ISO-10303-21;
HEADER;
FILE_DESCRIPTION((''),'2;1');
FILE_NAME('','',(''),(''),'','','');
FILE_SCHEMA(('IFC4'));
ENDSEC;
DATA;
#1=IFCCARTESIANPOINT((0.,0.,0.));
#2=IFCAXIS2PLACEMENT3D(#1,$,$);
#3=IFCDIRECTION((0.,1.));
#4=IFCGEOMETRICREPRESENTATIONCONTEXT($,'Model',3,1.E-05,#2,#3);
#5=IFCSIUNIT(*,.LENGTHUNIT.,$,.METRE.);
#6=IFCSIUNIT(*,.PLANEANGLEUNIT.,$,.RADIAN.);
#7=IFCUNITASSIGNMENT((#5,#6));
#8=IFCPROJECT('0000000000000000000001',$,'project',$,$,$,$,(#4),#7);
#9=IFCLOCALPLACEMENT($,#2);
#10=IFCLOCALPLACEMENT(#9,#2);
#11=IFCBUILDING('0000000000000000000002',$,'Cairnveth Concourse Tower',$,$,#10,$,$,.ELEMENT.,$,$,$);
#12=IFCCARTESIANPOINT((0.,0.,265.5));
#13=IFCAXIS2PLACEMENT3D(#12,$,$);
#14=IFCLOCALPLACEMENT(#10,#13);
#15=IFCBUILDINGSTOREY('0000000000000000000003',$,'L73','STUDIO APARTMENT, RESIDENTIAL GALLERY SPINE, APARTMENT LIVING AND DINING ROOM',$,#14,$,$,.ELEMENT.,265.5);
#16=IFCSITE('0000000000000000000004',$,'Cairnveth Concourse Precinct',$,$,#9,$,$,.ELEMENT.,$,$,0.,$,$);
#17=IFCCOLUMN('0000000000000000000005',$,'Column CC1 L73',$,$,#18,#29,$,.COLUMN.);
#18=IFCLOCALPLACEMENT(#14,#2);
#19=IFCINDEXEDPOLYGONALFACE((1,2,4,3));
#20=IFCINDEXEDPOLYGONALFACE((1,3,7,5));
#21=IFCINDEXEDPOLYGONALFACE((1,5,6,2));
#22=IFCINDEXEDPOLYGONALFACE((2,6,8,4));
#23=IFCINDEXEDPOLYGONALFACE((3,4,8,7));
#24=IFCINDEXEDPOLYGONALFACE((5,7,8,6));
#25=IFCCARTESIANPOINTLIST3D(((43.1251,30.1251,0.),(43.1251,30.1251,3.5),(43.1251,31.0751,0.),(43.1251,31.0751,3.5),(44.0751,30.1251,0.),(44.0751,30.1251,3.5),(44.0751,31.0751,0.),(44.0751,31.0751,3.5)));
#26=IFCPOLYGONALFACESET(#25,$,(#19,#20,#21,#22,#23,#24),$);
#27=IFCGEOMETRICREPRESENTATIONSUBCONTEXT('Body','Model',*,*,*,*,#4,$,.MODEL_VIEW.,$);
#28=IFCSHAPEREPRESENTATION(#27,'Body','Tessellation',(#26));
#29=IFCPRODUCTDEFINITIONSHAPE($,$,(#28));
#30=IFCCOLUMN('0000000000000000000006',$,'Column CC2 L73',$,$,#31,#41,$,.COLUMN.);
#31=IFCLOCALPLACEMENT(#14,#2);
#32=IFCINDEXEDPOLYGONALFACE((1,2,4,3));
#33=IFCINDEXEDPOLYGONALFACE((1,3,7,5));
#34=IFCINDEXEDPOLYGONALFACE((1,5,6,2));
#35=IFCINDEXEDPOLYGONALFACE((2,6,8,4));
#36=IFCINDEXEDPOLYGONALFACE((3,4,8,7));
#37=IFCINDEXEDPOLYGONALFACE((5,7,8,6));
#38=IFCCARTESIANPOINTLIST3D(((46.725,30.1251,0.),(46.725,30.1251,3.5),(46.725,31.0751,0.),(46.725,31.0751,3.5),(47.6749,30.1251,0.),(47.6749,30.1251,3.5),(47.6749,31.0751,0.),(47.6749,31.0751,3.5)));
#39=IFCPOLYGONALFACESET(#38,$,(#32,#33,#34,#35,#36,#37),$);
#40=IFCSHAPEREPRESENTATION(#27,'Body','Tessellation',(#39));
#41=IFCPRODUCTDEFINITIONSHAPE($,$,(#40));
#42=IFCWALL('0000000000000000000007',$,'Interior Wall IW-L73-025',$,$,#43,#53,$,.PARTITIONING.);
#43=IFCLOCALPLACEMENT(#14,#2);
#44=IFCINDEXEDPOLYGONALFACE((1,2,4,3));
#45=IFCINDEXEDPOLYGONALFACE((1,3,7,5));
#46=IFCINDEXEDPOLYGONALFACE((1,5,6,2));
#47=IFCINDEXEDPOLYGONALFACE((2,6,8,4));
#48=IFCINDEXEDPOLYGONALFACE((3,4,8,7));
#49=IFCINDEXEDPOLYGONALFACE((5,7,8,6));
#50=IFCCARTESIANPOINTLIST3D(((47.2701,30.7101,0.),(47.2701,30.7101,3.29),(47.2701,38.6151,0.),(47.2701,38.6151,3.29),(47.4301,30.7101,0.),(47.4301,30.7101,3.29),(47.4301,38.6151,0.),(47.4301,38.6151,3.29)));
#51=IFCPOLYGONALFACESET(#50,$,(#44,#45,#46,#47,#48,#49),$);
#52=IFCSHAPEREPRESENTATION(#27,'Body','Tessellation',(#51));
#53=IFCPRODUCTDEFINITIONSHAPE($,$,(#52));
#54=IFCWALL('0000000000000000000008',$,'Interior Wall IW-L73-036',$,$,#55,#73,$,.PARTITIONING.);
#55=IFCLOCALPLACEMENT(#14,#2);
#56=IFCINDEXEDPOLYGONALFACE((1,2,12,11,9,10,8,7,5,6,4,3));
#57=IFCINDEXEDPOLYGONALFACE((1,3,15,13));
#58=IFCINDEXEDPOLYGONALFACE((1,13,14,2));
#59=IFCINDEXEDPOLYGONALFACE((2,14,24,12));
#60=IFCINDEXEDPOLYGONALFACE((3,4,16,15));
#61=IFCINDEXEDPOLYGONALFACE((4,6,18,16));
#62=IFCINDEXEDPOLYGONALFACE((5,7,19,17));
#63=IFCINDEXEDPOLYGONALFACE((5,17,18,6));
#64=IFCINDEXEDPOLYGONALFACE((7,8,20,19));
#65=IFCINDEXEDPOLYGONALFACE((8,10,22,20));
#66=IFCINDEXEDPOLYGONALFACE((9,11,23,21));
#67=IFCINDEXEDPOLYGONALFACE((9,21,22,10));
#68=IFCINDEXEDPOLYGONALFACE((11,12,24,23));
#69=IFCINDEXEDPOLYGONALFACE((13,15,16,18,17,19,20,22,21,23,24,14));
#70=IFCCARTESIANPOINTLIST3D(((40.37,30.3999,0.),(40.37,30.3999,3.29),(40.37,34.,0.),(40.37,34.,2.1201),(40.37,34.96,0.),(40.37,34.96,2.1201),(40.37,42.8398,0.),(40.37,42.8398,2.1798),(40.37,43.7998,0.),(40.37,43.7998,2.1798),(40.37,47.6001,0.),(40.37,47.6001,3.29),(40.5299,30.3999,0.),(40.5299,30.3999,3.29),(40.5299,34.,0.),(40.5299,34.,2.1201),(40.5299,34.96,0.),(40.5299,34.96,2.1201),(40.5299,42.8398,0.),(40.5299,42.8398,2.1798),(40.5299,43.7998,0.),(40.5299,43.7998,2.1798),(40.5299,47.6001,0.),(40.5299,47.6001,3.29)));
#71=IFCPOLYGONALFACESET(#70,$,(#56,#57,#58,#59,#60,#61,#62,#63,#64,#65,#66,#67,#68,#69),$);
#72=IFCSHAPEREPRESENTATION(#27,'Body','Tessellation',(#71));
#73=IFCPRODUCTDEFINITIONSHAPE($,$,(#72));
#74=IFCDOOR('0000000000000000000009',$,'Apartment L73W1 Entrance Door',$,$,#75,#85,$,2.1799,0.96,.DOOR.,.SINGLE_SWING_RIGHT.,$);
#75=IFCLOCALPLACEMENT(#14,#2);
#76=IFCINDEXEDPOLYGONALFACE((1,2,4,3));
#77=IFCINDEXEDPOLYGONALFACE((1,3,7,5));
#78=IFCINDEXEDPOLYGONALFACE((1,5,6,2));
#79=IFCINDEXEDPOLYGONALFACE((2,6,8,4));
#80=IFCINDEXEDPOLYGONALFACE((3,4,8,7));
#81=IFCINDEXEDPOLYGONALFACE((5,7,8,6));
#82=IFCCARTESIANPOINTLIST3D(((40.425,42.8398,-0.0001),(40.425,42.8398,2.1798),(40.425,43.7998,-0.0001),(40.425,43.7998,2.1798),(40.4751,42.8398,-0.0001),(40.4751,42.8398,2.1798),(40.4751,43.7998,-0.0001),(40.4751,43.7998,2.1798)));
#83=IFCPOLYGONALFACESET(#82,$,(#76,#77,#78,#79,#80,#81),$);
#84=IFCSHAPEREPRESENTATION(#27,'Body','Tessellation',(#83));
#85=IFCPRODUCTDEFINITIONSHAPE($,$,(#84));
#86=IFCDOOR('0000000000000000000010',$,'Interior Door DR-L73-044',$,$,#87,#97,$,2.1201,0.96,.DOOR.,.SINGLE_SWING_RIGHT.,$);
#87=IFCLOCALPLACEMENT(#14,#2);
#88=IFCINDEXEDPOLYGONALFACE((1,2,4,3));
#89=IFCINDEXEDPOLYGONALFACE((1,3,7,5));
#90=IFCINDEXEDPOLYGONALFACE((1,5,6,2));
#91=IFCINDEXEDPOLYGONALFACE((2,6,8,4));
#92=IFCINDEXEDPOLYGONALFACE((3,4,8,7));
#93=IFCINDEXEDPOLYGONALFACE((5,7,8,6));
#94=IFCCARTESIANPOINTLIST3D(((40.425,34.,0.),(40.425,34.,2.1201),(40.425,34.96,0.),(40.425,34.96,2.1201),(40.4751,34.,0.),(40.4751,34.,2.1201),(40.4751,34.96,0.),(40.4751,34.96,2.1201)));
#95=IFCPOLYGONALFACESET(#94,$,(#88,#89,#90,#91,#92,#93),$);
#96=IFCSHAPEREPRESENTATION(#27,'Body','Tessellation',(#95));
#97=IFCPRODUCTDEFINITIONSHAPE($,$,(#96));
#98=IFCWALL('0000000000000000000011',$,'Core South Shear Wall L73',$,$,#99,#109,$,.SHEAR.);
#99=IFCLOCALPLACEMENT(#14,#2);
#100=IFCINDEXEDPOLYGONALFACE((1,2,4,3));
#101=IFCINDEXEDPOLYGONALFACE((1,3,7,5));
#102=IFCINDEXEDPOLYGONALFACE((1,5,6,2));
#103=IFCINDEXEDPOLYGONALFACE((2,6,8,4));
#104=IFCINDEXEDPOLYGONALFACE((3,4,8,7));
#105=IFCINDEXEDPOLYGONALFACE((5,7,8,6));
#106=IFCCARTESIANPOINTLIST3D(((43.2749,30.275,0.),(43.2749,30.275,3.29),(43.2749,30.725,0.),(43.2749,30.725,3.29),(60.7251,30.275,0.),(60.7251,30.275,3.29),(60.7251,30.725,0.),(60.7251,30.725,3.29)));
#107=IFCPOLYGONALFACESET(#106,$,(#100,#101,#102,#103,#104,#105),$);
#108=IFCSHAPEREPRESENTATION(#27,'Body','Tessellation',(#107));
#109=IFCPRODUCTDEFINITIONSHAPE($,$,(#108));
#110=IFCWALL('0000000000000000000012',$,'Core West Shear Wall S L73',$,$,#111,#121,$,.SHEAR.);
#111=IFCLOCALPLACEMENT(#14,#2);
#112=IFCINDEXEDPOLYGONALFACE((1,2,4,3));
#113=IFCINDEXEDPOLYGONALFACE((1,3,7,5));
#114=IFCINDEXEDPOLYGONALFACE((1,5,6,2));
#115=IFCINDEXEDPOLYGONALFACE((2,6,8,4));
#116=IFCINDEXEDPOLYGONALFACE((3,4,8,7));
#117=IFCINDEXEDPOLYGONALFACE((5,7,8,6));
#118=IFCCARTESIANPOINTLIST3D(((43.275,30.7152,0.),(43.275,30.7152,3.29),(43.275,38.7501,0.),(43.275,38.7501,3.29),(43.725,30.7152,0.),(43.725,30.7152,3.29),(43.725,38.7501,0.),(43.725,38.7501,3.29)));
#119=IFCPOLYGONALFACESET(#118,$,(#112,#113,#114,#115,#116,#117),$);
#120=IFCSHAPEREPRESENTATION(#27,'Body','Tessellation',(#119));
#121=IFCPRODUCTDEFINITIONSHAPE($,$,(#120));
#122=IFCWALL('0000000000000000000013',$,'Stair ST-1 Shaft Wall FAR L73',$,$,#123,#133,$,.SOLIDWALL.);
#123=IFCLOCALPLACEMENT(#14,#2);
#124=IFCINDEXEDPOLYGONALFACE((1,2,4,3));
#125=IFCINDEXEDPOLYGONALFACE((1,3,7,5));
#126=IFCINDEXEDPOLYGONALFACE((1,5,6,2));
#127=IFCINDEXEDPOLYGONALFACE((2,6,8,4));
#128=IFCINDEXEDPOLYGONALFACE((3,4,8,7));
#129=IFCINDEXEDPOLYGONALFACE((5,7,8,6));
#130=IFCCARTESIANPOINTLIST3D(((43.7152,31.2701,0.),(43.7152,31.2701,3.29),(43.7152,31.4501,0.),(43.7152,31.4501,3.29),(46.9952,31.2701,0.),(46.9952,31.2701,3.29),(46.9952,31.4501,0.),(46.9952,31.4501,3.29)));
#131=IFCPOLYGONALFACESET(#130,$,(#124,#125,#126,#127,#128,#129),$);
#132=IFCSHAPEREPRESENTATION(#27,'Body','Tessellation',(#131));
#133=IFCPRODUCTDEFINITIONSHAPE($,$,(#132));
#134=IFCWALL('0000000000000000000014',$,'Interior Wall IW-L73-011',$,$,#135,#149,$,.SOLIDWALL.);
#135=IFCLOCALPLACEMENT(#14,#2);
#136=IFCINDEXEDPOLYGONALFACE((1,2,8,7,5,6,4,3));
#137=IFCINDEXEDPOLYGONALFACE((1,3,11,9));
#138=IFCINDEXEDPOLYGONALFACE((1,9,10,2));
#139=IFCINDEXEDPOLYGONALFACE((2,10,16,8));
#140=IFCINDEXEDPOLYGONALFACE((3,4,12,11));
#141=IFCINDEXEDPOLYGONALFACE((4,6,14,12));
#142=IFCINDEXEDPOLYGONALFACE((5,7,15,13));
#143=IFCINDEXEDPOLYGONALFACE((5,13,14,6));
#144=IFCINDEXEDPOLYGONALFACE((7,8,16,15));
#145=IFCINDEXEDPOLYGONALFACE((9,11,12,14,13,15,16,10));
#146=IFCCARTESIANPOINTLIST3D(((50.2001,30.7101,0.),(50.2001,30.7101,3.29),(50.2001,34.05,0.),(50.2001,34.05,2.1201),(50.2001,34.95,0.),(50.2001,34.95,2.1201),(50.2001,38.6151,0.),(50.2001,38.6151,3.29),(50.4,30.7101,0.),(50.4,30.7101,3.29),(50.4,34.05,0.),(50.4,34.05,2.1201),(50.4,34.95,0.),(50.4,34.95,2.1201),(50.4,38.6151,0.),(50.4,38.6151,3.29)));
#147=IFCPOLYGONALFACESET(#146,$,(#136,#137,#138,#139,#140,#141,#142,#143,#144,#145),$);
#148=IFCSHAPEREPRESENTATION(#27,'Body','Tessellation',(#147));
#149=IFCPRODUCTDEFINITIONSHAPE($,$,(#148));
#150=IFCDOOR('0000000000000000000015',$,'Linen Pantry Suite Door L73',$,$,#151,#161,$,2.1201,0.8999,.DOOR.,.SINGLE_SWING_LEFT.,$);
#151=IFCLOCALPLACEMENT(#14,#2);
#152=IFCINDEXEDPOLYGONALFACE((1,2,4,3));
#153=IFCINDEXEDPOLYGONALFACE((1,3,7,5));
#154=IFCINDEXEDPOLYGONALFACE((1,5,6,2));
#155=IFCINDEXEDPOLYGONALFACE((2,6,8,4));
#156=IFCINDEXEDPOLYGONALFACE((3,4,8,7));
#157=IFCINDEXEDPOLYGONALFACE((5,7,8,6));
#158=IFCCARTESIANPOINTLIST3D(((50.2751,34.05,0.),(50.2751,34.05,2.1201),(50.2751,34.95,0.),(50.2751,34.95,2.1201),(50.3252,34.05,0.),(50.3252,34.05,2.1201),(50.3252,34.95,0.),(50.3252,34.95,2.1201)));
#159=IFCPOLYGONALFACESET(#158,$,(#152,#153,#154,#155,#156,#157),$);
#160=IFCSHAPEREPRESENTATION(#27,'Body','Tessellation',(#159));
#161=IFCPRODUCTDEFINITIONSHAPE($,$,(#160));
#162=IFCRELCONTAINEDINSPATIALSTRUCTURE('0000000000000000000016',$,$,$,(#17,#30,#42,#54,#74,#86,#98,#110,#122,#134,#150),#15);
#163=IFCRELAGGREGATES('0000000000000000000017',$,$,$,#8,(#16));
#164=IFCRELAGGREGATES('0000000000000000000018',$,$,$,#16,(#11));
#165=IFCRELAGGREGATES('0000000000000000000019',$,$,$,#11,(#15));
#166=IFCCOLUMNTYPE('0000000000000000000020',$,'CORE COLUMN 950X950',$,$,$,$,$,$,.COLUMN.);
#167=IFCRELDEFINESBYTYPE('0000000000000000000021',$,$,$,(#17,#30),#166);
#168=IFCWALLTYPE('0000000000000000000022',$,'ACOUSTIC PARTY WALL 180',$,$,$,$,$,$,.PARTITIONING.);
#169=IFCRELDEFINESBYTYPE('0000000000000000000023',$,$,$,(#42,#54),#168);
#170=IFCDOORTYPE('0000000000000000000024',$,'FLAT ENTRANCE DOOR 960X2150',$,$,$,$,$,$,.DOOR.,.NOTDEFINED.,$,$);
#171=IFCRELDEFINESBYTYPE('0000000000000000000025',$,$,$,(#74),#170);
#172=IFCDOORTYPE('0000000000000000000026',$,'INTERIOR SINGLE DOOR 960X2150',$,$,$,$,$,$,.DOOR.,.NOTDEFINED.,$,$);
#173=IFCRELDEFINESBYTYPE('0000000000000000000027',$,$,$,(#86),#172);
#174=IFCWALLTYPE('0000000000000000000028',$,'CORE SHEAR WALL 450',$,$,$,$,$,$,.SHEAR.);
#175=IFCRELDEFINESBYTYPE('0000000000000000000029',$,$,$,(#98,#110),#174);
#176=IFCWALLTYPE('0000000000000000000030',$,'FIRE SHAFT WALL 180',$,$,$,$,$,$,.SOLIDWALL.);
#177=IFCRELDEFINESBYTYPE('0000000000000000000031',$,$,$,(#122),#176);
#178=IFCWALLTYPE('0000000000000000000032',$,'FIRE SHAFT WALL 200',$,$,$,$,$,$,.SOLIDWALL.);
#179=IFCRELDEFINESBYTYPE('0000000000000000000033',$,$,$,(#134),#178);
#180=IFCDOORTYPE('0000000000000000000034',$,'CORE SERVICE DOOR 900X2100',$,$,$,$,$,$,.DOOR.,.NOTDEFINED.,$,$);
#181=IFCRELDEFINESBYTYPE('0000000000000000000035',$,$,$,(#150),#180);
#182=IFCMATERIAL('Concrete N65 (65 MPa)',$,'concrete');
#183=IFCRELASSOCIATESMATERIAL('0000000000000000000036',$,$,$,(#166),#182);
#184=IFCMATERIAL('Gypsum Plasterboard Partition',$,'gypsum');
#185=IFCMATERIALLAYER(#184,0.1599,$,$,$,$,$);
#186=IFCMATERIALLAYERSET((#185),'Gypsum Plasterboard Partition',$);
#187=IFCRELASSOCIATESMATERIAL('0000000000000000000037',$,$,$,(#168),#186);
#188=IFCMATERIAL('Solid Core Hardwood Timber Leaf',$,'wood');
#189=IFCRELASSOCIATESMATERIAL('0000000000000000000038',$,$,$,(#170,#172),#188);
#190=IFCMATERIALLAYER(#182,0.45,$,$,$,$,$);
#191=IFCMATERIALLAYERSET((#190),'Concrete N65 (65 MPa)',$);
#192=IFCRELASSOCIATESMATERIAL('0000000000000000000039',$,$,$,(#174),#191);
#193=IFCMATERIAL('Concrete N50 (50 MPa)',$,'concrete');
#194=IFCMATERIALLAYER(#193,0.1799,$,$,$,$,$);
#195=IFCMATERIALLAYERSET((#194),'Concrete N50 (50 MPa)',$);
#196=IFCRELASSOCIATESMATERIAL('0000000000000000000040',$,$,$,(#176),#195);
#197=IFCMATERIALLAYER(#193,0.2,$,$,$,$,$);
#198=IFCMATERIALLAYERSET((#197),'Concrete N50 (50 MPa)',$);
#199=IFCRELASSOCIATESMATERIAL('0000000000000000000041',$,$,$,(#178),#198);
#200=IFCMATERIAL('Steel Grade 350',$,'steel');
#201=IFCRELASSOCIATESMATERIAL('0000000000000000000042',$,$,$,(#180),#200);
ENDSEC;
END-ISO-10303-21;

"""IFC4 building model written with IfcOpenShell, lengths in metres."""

from ifc_helpers import new_model, si_unit, direction, frame, frame_2d, origin, origin_2d, place, context, subcontext, project, spatial, rectangle, extrude, material, layer, layer_set, material_profile, profile_set, type_object, element, fill, save


model = new_model("IFC4")

# Units and contexts
model_context = context("Model", 3, precision=1e-05, world=origin(), true_north=direction((0.0, 1.0)))
body_context = subcontext(model_context, "Body", "Model", "MODEL_VIEW")
ifc_project = project(units=[si_unit("LENGTHUNIT", "METRE"), si_unit("PLANEANGLEUNIT", "RADIAN")], contexts=[model_context])

# Site, building, storey
site_placement = place(None, origin())
site = spatial("IfcSite", under=ifc_project, at=site_placement, Name="Cairnveth Concourse Precinct", CompositionType="ELEMENT", RefElevation=0.0)
building_placement = place(site_placement, origin())
building = spatial("IfcBuilding", under=site, at=building_placement, Name="Cairnveth Concourse Tower", CompositionType="ELEMENT")
storey_placement = place(building_placement, frame((0.0, 0.0, 265.5)))
storey = spatial("IfcBuildingStorey", under=building, at=storey_placement, Name="L73", Description="STUDIO APARTMENT, RESIDENTIAL GALLERY SPINE, APARTMENT LIVING AND DINING ROOM", CompositionType="ELEMENT", Elevation=265.5)

# Columns
ifc_material_1 = material(Name="Concrete N65 (65 MPa)", Category="concrete")
ifc_material_profile = material_profile(ifc_material_1, rectangle(XDim=0.95, YDim=0.95, at=origin_2d()), Name="RC-COL-950x950")
ifc_profile_set = profile_set([ifc_material_profile], Name="Concrete N65 (65 MPa)")
column_type = type_object("IfcColumnType", Name="CORE COLUMN 950X950", PredefinedType="COLUMN", material=ifc_profile_set)
for number, where, z_axis, x_axis, name in (
    (1, (43.6001, 30.6001, 0.0), (0.0, 0.0, 1.0), (1.0, 0.0, 0.0), "Column CC1 L73"),
    (2, (47.2, 30.6001, 0.0), (0.0, 0.0, 1.0), (1.0, 0.0, 0.0), "Column CC2 L73"),
):
    element("IfcColumn", number, at=place(storey_placement, frame(where, z_axis=z_axis, x_axis=x_axis)), inside=storey, type_object=column_type, Name=name, PredefinedType="COLUMN", context=body_context, shape_type="SweptSolid", body=[
        extrude(rectangle(XDim=0.95, YDim=0.95, at=origin_2d()), origin(), (0.0, 0.0, 1.0), 3.5),
    ])

# Wall
ifc_material_2 = material(Name="Gypsum Plasterboard Partition", Category="gypsum")
ifc_layer_1 = layer(ifc_material_2, 0.1599)
ifc_layer_set_1 = layer_set([ifc_layer_1], Name="Gypsum Plasterboard Partition")
wall_type_1 = type_object("IfcWallType", Name="ACOUSTIC PARTY WALL 180", PredefinedType="PARTITIONING", material=ifc_layer_set_1)
wall_1_placement = place(storey_placement, frame((47.3501, 30.71, 0.0), z_axis=(0.0, 0.0, 1.0), x_axis=(0.0, 1.0, 0.0)))
element("IfcWall", 3, at=wall_1_placement, inside=storey, type_object=wall_type_1, Name="Interior Wall IW-L73-025", PredefinedType="PARTITIONING", context=body_context, shape_type="SweptSolid", body=[
    extrude(rectangle(XDim=7.905, YDim=0.1599, at=frame_2d((3.9526, 0.0))), origin(), (0.0, 0.0, 1.0), 3.29),
])

# Wall, openings, doors
wall_2_placement = place(storey_placement, frame((40.45, 30.3999, 0.0), z_axis=(0.0, 0.0, 1.0), x_axis=(0.0, 1.0, 0.0)))
wall_2 = element("IfcWall", 4, at=wall_2_placement, inside=storey, type_object=wall_type_1, Name="Interior Wall IW-L73-036", PredefinedType="PARTITIONING", context=body_context, shape_type="SweptSolid", body=[
    extrude(rectangle(XDim=17.2002, YDim=0.1599, at=frame_2d((8.6001, 0.0))), origin(), (0.0, 0.0, 1.0), 3.29),
])
opening_1_placement = place(wall_2_placement, frame((3.6001, 0.0, 0.0)))
opening_1 = element("IfcOpeningElement", 5, at=opening_1_placement, cuts=wall_2, PredefinedType="OPENING", context=body_context, shape_type="SweptSolid", body=[
    extrude(rectangle(XDim=0.96, YDim=2.1201, at=frame_2d((0.48, 1.0601))), frame((0.0, 0.0898, 0.0), z_axis=(0.0, -1.0, 0.0), x_axis=(1.0, 0.0, 0.0)), (0.0, 0.0, 1.0), 0.1799),
])
opening_2_placement = place(wall_2_placement, frame((12.4399, 0.0, 0.0)))
opening_2 = element("IfcOpeningElement", 6, at=opening_2_placement, cuts=wall_2, PredefinedType="OPENING", context=body_context, shape_type="SweptSolid", body=[
    extrude(rectangle(XDim=0.96, YDim=2.1799, at=frame_2d((0.48, 1.0898))), frame((0.0, 0.0898, 0.0), z_axis=(0.0, -1.0, 0.0), x_axis=(1.0, 0.0, 0.0)), (0.0, 0.0, 1.0), 0.1799),
])
ifc_material_3 = material(Name="Solid Core Hardwood Timber Leaf", Category="wood")
door_type_1 = type_object("IfcDoorType", Name="FLAT ENTRANCE DOOR 960X2150", OperationType="NOTDEFINED", PredefinedType="DOOR", material=ifc_material_3)
door_1_placement = place(opening_2_placement, origin())
door_1 = element("IfcDoor", 7, at=door_1_placement, inside=storey, type_object=door_type_1, Name="Apartment L73W1 Entrance Door", OperationType="SINGLE_SWING_RIGHT", OverallHeight=2.1799, OverallWidth=0.96, PredefinedType="DOOR", context=body_context, shape_type="SweptSolid", body=[
    extrude(rectangle(XDim=0.96, YDim=2.1799, at=frame_2d((0.48, 1.0898))), frame((0.0, 0.0249, 0.0), z_axis=(0.0, -1.0, 0.0), x_axis=(1.0, 0.0, 0.0)), (0.0, 0.0, 1.0), 0.05),
])
fill(opening_2, door_1)
door_type_2 = type_object("IfcDoorType", Name="INTERIOR SINGLE DOOR 960X2150", OperationType="NOTDEFINED", PredefinedType="DOOR", material=ifc_material_3)
door_2_placement = place(opening_1_placement, origin())
door_2 = element("IfcDoor", 8, at=door_2_placement, inside=storey, type_object=door_type_2, Name="Interior Door DR-L73-044", OperationType="SINGLE_SWING_RIGHT", OverallHeight=2.1201, OverallWidth=0.96, PredefinedType="DOOR", context=body_context, shape_type="SweptSolid", body=[
    extrude(rectangle(XDim=0.96, YDim=2.1201, at=frame_2d((0.48, 1.0601))), frame((0.0, 0.0249, 0.0), z_axis=(0.0, -1.0, 0.0), x_axis=(1.0, 0.0, 0.0)), (0.0, 0.0, 1.0), 0.05),
])
fill(opening_1, door_2)

# Walls
ifc_layer_2 = layer(ifc_material_1, 0.45)
ifc_layer_set_2 = layer_set([ifc_layer_2], Name="Concrete N65 (65 MPa)")
wall_type_2 = type_object("IfcWallType", Name="CORE SHEAR WALL 450", PredefinedType="SHEAR", material=ifc_layer_set_2)
wall_3_placement = place(storey_placement, frame((43.2749, 30.5, 0.0), z_axis=(0.0, 0.0, 1.0), x_axis=(1.0, 0.0, 0.0)))
element("IfcWall", 9, at=wall_3_placement, inside=storey, type_object=wall_type_2, Name="Core South Shear Wall L73", PredefinedType="SHEAR", context=body_context, shape_type="SweptSolid", body=[
    extrude(rectangle(XDim=17.4502, YDim=0.45, at=frame_2d((8.7251, 0.0))), origin(), (0.0, 0.0, 1.0), 3.29),
])
wall_4_placement = place(storey_placement, frame((43.5, 30.7151, 0.0), z_axis=(0.0, 0.0, 1.0), x_axis=(0.0, 1.0, 0.0)))
element("IfcWall", 10, at=wall_4_placement, inside=storey, type_object=wall_type_2, Name="Core West Shear Wall S L73", PredefinedType="SHEAR", context=body_context, shape_type="SweptSolid", body=[
    extrude(rectangle(XDim=8.0349, YDim=0.45, at=frame_2d((4.0176, 0.0))), origin(), (0.0, 0.0, 1.0), 3.29),
])
ifc_material_4 = material(Name="Concrete N50 (50 MPa)", Category="concrete")
ifc_layer_3 = layer(ifc_material_4, 0.1799)
ifc_layer_set_3 = layer_set([ifc_layer_3], Name="Concrete N50 (50 MPa)")
wall_type_3 = type_object("IfcWallType", Name="FIRE SHAFT WALL 180", PredefinedType="SOLIDWALL", material=ifc_layer_set_3)
wall_5_placement = place(storey_placement, frame((43.7151, 31.3601, 0.0), z_axis=(0.0, 0.0, 1.0), x_axis=(1.0, 0.0, 0.0)))
element("IfcWall", 11, at=wall_5_placement, inside=storey, type_object=wall_type_3, Name="Stair ST-1 Shaft Wall FAR L73", PredefinedType="SOLIDWALL", context=body_context, shape_type="SweptSolid", body=[
    extrude(rectangle(XDim=3.28, YDim=0.1799, at=frame_2d((1.6401, 0.0))), origin(), (0.0, 0.0, 1.0), 3.29),
])

# Wall, opening, door
ifc_layer_4 = layer(ifc_material_4, 0.2)
ifc_layer_set_4 = layer_set([ifc_layer_4], Name="Concrete N50 (50 MPa)")
wall_type_4 = type_object("IfcWallType", Name="FIRE SHAFT WALL 200", PredefinedType="SOLIDWALL", material=ifc_layer_set_4)
wall_6_placement = place(storey_placement, frame((50.3, 30.71, 0.0), z_axis=(0.0, 0.0, 1.0), x_axis=(0.0, 1.0, 0.0)))
wall_6 = element("IfcWall", 12, at=wall_6_placement, inside=storey, type_object=wall_type_4, Name="Interior Wall IW-L73-011", PredefinedType="SOLIDWALL", context=body_context, shape_type="SweptSolid", body=[
    extrude(rectangle(XDim=7.905, YDim=0.2, at=frame_2d((3.9526, 0.0))), origin(), (0.0, 0.0, 1.0), 3.29),
])
opening_3_placement = place(wall_6_placement, frame((3.3401, 0.0, 0.0)))
opening_3 = element("IfcOpeningElement", 13, at=opening_3_placement, cuts=wall_6, PredefinedType="OPENING", context=body_context, shape_type="SweptSolid", body=[
    extrude(rectangle(XDim=0.8999, YDim=2.1201, at=frame_2d((0.45, 1.0601))), frame((0.0, 0.1099, 0.0), z_axis=(0.0, -1.0, 0.0), x_axis=(1.0, 0.0, 0.0)), (0.0, 0.0, 1.0), 0.22),
])
ifc_material_5 = material(Name="Steel Grade 350", Category="steel")
door_type_3 = type_object("IfcDoorType", Name="CORE SERVICE DOOR 900X2100", OperationType="NOTDEFINED", PredefinedType="DOOR", material=ifc_material_5)
door_3_placement = place(opening_3_placement, origin())
door_3 = element("IfcDoor", 14, at=door_3_placement, inside=storey, type_object=door_type_3, Name="Linen Pantry Suite Door L73", OperationType="SINGLE_SWING_LEFT", OverallHeight=2.1201, OverallWidth=0.8999, PredefinedType="DOOR", context=body_context, shape_type="SweptSolid", body=[
    extrude(rectangle(XDim=0.8999, YDim=2.1201, at=frame_2d((0.45, 1.0601))), frame((0.0, 0.0249, 0.0), z_axis=(0.0, -1.0, 0.0), x_axis=(1.0, 0.0, 0.0)), (0.0, 0.0, 1.0), 0.05),
])
fill(opening_3, door_3)

save(model, "model.ifc")
